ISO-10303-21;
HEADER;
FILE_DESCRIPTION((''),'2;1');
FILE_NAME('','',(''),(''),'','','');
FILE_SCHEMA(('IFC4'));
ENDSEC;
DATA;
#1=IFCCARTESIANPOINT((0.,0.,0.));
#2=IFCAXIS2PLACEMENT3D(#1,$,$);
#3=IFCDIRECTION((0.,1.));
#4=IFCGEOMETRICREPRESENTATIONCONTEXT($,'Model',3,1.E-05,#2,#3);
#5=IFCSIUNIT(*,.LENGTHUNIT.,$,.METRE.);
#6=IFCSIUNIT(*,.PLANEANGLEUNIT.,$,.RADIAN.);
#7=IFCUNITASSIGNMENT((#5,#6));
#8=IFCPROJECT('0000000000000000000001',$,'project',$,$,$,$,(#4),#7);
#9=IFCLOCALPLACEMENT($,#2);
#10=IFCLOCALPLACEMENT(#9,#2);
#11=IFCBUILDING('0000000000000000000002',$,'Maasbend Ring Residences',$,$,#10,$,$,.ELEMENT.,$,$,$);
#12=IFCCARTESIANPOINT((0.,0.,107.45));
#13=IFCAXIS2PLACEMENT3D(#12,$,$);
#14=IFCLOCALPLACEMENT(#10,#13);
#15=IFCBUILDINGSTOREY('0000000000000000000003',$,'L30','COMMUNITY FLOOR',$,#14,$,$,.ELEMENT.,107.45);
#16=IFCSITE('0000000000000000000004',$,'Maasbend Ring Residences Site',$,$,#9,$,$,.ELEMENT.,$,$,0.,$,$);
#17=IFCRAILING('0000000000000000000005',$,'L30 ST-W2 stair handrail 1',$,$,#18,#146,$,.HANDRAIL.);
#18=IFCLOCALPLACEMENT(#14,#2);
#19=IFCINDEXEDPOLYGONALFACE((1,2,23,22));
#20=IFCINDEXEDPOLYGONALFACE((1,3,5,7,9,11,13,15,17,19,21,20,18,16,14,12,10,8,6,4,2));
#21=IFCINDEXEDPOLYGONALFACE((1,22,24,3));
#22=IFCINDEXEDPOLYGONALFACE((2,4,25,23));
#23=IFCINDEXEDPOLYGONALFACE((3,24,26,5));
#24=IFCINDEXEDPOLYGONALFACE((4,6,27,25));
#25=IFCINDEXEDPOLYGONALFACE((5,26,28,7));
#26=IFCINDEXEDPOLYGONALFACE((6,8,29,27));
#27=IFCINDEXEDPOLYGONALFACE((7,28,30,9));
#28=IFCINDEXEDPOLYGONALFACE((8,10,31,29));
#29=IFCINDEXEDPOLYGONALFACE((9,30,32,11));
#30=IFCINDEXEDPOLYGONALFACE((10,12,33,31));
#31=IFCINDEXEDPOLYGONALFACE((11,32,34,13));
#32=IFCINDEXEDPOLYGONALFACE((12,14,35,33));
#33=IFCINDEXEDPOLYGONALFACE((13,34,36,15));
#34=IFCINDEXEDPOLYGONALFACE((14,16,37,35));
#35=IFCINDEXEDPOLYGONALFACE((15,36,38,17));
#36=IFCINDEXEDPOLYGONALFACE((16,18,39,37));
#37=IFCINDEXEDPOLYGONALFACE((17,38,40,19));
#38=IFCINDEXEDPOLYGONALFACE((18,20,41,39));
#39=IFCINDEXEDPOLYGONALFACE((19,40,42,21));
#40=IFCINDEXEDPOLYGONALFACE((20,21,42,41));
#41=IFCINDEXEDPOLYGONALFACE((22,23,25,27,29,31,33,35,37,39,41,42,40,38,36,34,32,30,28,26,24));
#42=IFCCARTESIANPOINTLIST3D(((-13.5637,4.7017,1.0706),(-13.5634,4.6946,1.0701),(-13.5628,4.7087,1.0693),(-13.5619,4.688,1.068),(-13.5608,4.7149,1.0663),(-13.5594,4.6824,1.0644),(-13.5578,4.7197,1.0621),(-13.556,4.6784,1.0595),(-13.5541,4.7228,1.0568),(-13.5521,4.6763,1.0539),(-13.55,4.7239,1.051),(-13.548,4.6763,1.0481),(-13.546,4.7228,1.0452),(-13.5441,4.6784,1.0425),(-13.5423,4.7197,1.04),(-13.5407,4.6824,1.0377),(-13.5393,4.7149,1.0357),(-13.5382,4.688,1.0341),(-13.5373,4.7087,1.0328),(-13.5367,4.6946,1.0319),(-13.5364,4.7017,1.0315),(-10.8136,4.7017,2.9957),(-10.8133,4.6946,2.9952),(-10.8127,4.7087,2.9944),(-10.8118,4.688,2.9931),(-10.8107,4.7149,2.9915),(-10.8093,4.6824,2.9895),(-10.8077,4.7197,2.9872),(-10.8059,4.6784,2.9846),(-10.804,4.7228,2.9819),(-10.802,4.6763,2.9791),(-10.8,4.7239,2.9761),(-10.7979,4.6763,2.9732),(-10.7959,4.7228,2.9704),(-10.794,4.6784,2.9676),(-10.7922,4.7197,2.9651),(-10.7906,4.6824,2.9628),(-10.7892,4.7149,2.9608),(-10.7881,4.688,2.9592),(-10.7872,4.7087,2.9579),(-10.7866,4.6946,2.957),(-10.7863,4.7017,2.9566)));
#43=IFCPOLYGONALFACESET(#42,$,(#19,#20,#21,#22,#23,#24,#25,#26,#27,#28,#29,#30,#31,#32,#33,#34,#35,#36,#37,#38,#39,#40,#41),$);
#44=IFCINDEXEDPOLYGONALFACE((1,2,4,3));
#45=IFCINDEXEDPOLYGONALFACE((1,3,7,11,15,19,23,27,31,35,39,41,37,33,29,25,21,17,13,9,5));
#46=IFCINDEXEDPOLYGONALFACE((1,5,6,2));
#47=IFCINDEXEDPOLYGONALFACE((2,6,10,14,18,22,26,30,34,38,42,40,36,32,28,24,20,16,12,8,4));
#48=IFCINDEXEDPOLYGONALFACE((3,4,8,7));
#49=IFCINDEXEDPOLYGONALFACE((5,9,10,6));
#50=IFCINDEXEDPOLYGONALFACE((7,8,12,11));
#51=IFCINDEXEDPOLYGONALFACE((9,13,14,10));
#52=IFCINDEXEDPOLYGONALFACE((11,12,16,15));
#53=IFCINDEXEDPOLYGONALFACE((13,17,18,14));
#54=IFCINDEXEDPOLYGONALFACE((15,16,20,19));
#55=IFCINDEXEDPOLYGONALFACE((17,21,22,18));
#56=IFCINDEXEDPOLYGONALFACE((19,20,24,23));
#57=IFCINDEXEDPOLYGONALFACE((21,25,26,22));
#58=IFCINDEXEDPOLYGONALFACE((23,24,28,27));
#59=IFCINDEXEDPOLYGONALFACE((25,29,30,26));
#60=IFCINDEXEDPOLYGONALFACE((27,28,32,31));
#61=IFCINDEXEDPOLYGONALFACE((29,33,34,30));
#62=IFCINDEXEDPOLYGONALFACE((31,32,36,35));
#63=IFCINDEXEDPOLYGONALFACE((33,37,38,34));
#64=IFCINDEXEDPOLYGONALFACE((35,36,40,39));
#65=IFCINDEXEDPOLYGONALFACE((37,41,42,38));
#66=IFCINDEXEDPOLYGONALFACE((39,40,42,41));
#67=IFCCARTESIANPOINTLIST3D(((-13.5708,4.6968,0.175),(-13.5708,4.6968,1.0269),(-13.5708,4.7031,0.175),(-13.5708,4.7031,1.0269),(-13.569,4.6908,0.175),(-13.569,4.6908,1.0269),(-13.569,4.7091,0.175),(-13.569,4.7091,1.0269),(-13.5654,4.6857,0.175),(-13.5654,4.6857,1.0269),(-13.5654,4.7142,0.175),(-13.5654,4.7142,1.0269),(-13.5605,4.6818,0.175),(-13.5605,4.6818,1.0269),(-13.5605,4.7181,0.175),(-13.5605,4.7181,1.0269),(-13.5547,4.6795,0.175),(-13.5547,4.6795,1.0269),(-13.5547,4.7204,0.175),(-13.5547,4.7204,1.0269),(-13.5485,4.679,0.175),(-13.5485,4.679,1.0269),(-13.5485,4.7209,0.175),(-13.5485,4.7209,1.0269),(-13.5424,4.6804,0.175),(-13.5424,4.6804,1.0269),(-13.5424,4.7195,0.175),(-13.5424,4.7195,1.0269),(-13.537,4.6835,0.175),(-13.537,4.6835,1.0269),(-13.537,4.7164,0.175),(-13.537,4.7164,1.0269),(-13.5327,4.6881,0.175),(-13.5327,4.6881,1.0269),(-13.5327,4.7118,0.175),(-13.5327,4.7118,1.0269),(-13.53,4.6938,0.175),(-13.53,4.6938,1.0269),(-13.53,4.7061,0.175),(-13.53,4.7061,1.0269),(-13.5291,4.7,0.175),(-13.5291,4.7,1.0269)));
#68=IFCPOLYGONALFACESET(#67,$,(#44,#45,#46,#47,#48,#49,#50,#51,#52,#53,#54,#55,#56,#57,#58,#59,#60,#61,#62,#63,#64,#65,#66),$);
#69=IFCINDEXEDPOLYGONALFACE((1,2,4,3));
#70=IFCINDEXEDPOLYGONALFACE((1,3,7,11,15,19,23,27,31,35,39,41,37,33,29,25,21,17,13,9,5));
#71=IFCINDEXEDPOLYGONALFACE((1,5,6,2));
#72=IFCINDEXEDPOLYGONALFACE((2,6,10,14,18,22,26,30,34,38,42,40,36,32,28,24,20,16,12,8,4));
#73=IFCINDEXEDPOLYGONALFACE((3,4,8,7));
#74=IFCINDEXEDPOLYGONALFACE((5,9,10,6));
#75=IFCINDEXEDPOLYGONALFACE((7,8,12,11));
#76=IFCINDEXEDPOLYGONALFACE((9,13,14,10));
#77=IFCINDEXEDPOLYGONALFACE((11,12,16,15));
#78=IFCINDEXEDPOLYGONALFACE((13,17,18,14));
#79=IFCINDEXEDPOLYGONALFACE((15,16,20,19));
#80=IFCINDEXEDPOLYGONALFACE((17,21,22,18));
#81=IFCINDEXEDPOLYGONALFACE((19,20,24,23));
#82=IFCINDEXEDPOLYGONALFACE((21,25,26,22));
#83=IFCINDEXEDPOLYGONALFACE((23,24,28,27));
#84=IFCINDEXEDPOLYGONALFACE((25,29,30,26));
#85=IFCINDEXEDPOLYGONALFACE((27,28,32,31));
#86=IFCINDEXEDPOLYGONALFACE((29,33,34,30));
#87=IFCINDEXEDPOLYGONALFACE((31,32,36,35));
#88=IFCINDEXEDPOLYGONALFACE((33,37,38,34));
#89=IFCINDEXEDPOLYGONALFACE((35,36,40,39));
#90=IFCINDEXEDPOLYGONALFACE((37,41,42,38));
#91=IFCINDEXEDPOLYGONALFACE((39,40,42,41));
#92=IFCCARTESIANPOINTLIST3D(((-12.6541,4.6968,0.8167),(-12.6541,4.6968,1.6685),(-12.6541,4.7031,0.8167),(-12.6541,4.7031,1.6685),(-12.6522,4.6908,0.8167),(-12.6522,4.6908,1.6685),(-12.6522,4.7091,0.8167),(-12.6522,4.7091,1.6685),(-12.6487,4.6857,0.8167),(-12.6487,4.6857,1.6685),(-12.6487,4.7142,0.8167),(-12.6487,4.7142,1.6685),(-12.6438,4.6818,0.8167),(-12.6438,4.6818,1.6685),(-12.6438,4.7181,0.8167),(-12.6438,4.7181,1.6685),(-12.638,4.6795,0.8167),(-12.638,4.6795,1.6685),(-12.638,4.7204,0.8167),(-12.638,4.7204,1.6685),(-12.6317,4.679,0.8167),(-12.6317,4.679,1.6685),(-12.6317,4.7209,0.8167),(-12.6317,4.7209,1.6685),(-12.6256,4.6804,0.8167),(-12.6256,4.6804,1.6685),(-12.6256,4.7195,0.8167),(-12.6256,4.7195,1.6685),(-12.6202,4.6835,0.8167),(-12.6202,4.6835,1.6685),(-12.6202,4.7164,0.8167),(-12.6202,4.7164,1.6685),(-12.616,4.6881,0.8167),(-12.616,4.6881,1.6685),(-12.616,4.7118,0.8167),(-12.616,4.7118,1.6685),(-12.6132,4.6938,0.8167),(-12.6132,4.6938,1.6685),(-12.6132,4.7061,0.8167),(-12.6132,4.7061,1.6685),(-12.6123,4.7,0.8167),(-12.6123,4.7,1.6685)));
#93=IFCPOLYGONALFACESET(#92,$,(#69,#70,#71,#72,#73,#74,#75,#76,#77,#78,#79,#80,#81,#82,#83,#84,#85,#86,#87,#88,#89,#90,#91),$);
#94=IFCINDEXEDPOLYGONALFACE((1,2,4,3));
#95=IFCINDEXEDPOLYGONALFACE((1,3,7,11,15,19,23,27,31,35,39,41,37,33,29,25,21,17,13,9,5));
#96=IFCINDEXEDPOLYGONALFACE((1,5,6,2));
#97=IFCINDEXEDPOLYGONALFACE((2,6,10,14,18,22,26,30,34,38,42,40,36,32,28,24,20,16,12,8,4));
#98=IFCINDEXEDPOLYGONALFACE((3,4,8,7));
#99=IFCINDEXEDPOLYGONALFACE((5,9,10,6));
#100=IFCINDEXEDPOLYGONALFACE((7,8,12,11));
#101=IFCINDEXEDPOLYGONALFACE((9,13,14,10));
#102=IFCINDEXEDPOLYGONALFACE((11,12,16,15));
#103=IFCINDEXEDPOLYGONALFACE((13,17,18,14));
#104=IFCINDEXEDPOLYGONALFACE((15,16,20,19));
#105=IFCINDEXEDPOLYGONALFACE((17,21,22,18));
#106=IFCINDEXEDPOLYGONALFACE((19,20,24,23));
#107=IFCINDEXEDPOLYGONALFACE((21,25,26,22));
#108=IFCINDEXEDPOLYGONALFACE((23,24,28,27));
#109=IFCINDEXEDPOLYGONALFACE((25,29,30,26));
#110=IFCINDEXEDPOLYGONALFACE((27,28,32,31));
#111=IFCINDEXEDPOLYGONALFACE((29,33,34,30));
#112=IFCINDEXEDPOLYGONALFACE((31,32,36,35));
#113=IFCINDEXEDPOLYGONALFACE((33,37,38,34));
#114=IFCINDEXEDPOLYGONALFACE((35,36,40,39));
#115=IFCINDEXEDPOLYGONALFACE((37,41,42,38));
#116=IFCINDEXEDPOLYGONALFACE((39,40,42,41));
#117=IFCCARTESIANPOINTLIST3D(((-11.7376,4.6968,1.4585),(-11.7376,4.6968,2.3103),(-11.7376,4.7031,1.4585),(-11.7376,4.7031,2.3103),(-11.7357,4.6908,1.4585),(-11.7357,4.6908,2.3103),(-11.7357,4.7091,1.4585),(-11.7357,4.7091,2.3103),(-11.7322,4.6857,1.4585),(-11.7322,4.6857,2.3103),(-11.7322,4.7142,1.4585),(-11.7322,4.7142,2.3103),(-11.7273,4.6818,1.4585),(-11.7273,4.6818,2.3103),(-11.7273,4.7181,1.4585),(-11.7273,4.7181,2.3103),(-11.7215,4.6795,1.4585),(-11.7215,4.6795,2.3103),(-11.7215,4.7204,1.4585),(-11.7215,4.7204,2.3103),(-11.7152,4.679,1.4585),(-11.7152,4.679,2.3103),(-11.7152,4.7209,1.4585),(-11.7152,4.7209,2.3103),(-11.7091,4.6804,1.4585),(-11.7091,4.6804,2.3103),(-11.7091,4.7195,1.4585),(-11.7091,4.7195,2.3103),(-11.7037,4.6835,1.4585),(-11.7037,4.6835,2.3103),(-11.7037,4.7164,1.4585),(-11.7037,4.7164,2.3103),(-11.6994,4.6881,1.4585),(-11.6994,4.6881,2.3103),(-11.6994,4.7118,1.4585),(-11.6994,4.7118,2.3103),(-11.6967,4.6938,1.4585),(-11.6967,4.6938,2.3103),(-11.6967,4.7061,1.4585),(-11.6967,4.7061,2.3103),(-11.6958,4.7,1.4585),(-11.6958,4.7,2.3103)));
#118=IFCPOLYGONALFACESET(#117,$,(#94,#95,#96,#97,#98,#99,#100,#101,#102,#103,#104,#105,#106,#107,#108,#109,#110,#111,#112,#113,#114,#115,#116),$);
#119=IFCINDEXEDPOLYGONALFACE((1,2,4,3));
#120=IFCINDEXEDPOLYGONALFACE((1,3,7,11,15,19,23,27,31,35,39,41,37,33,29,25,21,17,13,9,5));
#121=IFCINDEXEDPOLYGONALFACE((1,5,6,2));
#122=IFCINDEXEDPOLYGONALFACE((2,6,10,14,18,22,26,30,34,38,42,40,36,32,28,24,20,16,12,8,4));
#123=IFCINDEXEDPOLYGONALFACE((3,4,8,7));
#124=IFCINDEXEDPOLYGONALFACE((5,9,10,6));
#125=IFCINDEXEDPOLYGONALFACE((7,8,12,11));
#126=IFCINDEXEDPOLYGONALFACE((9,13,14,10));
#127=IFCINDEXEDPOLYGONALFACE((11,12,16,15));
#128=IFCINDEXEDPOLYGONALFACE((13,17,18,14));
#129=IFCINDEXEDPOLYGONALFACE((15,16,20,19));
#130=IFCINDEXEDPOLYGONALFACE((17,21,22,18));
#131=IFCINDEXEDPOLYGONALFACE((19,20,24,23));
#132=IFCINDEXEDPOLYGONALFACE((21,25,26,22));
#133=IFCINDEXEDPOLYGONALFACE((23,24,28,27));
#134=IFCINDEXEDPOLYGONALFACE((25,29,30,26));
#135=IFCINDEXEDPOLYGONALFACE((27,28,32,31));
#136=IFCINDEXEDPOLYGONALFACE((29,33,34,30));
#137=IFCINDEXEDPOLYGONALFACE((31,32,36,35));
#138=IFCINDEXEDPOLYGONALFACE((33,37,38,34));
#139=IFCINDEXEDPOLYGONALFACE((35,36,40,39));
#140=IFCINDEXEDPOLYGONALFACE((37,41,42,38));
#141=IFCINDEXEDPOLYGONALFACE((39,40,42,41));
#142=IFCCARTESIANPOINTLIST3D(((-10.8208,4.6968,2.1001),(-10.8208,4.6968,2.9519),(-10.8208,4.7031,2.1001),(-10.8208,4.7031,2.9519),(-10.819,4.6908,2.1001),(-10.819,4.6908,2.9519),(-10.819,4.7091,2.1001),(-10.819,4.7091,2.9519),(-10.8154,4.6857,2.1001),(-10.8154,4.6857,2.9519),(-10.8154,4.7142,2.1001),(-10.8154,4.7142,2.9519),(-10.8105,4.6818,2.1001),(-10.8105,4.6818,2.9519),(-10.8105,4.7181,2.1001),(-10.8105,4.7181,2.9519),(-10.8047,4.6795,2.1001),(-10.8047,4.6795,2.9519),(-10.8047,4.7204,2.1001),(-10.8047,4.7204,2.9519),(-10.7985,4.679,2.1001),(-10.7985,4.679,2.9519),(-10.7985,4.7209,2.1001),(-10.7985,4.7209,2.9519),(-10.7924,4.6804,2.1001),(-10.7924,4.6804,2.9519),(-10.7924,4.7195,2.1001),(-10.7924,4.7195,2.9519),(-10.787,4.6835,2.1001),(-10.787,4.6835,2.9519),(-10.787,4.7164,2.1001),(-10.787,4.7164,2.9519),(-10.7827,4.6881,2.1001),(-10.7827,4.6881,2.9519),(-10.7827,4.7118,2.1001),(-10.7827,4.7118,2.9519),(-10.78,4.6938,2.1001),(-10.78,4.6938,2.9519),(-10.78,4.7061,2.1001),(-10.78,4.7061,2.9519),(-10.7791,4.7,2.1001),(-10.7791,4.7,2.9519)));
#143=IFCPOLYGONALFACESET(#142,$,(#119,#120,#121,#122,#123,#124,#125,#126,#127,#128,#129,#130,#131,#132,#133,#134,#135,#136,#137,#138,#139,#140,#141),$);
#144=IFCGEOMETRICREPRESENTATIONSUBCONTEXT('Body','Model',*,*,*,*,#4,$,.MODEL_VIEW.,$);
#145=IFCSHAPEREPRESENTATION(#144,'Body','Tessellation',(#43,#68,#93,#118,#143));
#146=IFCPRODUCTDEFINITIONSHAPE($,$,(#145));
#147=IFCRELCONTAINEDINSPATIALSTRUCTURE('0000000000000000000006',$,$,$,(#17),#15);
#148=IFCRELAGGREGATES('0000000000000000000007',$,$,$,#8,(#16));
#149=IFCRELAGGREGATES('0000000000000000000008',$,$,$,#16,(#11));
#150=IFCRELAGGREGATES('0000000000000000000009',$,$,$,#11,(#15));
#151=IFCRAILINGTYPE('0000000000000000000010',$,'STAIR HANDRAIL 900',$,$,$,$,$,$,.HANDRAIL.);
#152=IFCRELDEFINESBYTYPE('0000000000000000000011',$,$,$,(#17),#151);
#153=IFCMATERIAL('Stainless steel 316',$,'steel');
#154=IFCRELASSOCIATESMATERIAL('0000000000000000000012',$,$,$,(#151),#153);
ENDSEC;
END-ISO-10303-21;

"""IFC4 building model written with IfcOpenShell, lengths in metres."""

from ifc_helpers import new_model, si_unit, direction, frame, origin, origin_2d, place, context, subcontext, project, spatial, circle, extrude, material, type_object, element, save


model = new_model("IFC4")

# Units and contexts
model_context = context("Model", 3, precision=1e-05, world=origin(), true_north=direction((0.0, 1.0)))
body_context = subcontext(model_context, "Body", "Model", "MODEL_VIEW")
ifc_project = project(units=[si_unit("LENGTHUNIT", "METRE"), si_unit("PLANEANGLEUNIT", "RADIAN")], contexts=[model_context])

# Site, building, storey
site_placement = place(None, origin())
site = spatial("IfcSite", under=ifc_project, at=site_placement, Name="Maasbend Ring Residences Site", CompositionType="ELEMENT", RefElevation=0.0)
building_placement = place(site_placement, origin())
building = spatial("IfcBuilding", under=site, at=building_placement, Name="Maasbend Ring Residences", CompositionType="ELEMENT")
storey_placement = place(building_placement, frame((0.0, 0.0, 107.45)))
storey = spatial("IfcBuildingStorey", under=building, at=storey_placement, Name="L30", Description="COMMUNITY FLOOR", CompositionType="ELEMENT", Elevation=107.45)

# Railing
ifc_material_1 = material(Name="Stainless steel 316", Category="steel")
railing_type_1 = type_object("IfcRailingType", Name="STAIR HANDRAIL 900", PredefinedType="HANDRAIL", material=ifc_material_1)
railing_1_placement = place(storey_placement, frame((-13.55, 4.7, 0.175)))
element("IfcRailing", 1, at=railing_1_placement, inside=storey, type_object=railing_type_1, Name="L30 ST-W2 stair handrail 1", PredefinedType="HANDRAIL", context=body_context, shape_type="SweptSolid", body=[
    extrude(circle(Radius=0.0239, at=origin_2d()), frame((0.0, 0.0, 0.876), z_axis=(0.819225, 0.0, 0.573472), x_axis=(0.0, 1.0, 0.0)), (0.0, 0.0, 1.0), 3.3569),
    extrude(circle(Radius=0.021, at=origin_2d()), origin(), (0.0, 0.0, 1.0), 0.8518),
    extrude(circle(Radius=0.021, at=origin_2d()), frame((0.9167, 0.0, 0.6416)), (0.0, 0.0, 1.0), 0.8518),
    extrude(circle(Radius=0.021, at=origin_2d()), frame((1.8333, 0.0, 1.2834)), (0.0, 0.0, 1.0), 0.8518),
    extrude(circle(Radius=0.021, at=origin_2d()), frame((2.75, 0.0, 1.925)), (0.0, 0.0, 1.0), 0.8518),
])

save(model, "model.ifc")
